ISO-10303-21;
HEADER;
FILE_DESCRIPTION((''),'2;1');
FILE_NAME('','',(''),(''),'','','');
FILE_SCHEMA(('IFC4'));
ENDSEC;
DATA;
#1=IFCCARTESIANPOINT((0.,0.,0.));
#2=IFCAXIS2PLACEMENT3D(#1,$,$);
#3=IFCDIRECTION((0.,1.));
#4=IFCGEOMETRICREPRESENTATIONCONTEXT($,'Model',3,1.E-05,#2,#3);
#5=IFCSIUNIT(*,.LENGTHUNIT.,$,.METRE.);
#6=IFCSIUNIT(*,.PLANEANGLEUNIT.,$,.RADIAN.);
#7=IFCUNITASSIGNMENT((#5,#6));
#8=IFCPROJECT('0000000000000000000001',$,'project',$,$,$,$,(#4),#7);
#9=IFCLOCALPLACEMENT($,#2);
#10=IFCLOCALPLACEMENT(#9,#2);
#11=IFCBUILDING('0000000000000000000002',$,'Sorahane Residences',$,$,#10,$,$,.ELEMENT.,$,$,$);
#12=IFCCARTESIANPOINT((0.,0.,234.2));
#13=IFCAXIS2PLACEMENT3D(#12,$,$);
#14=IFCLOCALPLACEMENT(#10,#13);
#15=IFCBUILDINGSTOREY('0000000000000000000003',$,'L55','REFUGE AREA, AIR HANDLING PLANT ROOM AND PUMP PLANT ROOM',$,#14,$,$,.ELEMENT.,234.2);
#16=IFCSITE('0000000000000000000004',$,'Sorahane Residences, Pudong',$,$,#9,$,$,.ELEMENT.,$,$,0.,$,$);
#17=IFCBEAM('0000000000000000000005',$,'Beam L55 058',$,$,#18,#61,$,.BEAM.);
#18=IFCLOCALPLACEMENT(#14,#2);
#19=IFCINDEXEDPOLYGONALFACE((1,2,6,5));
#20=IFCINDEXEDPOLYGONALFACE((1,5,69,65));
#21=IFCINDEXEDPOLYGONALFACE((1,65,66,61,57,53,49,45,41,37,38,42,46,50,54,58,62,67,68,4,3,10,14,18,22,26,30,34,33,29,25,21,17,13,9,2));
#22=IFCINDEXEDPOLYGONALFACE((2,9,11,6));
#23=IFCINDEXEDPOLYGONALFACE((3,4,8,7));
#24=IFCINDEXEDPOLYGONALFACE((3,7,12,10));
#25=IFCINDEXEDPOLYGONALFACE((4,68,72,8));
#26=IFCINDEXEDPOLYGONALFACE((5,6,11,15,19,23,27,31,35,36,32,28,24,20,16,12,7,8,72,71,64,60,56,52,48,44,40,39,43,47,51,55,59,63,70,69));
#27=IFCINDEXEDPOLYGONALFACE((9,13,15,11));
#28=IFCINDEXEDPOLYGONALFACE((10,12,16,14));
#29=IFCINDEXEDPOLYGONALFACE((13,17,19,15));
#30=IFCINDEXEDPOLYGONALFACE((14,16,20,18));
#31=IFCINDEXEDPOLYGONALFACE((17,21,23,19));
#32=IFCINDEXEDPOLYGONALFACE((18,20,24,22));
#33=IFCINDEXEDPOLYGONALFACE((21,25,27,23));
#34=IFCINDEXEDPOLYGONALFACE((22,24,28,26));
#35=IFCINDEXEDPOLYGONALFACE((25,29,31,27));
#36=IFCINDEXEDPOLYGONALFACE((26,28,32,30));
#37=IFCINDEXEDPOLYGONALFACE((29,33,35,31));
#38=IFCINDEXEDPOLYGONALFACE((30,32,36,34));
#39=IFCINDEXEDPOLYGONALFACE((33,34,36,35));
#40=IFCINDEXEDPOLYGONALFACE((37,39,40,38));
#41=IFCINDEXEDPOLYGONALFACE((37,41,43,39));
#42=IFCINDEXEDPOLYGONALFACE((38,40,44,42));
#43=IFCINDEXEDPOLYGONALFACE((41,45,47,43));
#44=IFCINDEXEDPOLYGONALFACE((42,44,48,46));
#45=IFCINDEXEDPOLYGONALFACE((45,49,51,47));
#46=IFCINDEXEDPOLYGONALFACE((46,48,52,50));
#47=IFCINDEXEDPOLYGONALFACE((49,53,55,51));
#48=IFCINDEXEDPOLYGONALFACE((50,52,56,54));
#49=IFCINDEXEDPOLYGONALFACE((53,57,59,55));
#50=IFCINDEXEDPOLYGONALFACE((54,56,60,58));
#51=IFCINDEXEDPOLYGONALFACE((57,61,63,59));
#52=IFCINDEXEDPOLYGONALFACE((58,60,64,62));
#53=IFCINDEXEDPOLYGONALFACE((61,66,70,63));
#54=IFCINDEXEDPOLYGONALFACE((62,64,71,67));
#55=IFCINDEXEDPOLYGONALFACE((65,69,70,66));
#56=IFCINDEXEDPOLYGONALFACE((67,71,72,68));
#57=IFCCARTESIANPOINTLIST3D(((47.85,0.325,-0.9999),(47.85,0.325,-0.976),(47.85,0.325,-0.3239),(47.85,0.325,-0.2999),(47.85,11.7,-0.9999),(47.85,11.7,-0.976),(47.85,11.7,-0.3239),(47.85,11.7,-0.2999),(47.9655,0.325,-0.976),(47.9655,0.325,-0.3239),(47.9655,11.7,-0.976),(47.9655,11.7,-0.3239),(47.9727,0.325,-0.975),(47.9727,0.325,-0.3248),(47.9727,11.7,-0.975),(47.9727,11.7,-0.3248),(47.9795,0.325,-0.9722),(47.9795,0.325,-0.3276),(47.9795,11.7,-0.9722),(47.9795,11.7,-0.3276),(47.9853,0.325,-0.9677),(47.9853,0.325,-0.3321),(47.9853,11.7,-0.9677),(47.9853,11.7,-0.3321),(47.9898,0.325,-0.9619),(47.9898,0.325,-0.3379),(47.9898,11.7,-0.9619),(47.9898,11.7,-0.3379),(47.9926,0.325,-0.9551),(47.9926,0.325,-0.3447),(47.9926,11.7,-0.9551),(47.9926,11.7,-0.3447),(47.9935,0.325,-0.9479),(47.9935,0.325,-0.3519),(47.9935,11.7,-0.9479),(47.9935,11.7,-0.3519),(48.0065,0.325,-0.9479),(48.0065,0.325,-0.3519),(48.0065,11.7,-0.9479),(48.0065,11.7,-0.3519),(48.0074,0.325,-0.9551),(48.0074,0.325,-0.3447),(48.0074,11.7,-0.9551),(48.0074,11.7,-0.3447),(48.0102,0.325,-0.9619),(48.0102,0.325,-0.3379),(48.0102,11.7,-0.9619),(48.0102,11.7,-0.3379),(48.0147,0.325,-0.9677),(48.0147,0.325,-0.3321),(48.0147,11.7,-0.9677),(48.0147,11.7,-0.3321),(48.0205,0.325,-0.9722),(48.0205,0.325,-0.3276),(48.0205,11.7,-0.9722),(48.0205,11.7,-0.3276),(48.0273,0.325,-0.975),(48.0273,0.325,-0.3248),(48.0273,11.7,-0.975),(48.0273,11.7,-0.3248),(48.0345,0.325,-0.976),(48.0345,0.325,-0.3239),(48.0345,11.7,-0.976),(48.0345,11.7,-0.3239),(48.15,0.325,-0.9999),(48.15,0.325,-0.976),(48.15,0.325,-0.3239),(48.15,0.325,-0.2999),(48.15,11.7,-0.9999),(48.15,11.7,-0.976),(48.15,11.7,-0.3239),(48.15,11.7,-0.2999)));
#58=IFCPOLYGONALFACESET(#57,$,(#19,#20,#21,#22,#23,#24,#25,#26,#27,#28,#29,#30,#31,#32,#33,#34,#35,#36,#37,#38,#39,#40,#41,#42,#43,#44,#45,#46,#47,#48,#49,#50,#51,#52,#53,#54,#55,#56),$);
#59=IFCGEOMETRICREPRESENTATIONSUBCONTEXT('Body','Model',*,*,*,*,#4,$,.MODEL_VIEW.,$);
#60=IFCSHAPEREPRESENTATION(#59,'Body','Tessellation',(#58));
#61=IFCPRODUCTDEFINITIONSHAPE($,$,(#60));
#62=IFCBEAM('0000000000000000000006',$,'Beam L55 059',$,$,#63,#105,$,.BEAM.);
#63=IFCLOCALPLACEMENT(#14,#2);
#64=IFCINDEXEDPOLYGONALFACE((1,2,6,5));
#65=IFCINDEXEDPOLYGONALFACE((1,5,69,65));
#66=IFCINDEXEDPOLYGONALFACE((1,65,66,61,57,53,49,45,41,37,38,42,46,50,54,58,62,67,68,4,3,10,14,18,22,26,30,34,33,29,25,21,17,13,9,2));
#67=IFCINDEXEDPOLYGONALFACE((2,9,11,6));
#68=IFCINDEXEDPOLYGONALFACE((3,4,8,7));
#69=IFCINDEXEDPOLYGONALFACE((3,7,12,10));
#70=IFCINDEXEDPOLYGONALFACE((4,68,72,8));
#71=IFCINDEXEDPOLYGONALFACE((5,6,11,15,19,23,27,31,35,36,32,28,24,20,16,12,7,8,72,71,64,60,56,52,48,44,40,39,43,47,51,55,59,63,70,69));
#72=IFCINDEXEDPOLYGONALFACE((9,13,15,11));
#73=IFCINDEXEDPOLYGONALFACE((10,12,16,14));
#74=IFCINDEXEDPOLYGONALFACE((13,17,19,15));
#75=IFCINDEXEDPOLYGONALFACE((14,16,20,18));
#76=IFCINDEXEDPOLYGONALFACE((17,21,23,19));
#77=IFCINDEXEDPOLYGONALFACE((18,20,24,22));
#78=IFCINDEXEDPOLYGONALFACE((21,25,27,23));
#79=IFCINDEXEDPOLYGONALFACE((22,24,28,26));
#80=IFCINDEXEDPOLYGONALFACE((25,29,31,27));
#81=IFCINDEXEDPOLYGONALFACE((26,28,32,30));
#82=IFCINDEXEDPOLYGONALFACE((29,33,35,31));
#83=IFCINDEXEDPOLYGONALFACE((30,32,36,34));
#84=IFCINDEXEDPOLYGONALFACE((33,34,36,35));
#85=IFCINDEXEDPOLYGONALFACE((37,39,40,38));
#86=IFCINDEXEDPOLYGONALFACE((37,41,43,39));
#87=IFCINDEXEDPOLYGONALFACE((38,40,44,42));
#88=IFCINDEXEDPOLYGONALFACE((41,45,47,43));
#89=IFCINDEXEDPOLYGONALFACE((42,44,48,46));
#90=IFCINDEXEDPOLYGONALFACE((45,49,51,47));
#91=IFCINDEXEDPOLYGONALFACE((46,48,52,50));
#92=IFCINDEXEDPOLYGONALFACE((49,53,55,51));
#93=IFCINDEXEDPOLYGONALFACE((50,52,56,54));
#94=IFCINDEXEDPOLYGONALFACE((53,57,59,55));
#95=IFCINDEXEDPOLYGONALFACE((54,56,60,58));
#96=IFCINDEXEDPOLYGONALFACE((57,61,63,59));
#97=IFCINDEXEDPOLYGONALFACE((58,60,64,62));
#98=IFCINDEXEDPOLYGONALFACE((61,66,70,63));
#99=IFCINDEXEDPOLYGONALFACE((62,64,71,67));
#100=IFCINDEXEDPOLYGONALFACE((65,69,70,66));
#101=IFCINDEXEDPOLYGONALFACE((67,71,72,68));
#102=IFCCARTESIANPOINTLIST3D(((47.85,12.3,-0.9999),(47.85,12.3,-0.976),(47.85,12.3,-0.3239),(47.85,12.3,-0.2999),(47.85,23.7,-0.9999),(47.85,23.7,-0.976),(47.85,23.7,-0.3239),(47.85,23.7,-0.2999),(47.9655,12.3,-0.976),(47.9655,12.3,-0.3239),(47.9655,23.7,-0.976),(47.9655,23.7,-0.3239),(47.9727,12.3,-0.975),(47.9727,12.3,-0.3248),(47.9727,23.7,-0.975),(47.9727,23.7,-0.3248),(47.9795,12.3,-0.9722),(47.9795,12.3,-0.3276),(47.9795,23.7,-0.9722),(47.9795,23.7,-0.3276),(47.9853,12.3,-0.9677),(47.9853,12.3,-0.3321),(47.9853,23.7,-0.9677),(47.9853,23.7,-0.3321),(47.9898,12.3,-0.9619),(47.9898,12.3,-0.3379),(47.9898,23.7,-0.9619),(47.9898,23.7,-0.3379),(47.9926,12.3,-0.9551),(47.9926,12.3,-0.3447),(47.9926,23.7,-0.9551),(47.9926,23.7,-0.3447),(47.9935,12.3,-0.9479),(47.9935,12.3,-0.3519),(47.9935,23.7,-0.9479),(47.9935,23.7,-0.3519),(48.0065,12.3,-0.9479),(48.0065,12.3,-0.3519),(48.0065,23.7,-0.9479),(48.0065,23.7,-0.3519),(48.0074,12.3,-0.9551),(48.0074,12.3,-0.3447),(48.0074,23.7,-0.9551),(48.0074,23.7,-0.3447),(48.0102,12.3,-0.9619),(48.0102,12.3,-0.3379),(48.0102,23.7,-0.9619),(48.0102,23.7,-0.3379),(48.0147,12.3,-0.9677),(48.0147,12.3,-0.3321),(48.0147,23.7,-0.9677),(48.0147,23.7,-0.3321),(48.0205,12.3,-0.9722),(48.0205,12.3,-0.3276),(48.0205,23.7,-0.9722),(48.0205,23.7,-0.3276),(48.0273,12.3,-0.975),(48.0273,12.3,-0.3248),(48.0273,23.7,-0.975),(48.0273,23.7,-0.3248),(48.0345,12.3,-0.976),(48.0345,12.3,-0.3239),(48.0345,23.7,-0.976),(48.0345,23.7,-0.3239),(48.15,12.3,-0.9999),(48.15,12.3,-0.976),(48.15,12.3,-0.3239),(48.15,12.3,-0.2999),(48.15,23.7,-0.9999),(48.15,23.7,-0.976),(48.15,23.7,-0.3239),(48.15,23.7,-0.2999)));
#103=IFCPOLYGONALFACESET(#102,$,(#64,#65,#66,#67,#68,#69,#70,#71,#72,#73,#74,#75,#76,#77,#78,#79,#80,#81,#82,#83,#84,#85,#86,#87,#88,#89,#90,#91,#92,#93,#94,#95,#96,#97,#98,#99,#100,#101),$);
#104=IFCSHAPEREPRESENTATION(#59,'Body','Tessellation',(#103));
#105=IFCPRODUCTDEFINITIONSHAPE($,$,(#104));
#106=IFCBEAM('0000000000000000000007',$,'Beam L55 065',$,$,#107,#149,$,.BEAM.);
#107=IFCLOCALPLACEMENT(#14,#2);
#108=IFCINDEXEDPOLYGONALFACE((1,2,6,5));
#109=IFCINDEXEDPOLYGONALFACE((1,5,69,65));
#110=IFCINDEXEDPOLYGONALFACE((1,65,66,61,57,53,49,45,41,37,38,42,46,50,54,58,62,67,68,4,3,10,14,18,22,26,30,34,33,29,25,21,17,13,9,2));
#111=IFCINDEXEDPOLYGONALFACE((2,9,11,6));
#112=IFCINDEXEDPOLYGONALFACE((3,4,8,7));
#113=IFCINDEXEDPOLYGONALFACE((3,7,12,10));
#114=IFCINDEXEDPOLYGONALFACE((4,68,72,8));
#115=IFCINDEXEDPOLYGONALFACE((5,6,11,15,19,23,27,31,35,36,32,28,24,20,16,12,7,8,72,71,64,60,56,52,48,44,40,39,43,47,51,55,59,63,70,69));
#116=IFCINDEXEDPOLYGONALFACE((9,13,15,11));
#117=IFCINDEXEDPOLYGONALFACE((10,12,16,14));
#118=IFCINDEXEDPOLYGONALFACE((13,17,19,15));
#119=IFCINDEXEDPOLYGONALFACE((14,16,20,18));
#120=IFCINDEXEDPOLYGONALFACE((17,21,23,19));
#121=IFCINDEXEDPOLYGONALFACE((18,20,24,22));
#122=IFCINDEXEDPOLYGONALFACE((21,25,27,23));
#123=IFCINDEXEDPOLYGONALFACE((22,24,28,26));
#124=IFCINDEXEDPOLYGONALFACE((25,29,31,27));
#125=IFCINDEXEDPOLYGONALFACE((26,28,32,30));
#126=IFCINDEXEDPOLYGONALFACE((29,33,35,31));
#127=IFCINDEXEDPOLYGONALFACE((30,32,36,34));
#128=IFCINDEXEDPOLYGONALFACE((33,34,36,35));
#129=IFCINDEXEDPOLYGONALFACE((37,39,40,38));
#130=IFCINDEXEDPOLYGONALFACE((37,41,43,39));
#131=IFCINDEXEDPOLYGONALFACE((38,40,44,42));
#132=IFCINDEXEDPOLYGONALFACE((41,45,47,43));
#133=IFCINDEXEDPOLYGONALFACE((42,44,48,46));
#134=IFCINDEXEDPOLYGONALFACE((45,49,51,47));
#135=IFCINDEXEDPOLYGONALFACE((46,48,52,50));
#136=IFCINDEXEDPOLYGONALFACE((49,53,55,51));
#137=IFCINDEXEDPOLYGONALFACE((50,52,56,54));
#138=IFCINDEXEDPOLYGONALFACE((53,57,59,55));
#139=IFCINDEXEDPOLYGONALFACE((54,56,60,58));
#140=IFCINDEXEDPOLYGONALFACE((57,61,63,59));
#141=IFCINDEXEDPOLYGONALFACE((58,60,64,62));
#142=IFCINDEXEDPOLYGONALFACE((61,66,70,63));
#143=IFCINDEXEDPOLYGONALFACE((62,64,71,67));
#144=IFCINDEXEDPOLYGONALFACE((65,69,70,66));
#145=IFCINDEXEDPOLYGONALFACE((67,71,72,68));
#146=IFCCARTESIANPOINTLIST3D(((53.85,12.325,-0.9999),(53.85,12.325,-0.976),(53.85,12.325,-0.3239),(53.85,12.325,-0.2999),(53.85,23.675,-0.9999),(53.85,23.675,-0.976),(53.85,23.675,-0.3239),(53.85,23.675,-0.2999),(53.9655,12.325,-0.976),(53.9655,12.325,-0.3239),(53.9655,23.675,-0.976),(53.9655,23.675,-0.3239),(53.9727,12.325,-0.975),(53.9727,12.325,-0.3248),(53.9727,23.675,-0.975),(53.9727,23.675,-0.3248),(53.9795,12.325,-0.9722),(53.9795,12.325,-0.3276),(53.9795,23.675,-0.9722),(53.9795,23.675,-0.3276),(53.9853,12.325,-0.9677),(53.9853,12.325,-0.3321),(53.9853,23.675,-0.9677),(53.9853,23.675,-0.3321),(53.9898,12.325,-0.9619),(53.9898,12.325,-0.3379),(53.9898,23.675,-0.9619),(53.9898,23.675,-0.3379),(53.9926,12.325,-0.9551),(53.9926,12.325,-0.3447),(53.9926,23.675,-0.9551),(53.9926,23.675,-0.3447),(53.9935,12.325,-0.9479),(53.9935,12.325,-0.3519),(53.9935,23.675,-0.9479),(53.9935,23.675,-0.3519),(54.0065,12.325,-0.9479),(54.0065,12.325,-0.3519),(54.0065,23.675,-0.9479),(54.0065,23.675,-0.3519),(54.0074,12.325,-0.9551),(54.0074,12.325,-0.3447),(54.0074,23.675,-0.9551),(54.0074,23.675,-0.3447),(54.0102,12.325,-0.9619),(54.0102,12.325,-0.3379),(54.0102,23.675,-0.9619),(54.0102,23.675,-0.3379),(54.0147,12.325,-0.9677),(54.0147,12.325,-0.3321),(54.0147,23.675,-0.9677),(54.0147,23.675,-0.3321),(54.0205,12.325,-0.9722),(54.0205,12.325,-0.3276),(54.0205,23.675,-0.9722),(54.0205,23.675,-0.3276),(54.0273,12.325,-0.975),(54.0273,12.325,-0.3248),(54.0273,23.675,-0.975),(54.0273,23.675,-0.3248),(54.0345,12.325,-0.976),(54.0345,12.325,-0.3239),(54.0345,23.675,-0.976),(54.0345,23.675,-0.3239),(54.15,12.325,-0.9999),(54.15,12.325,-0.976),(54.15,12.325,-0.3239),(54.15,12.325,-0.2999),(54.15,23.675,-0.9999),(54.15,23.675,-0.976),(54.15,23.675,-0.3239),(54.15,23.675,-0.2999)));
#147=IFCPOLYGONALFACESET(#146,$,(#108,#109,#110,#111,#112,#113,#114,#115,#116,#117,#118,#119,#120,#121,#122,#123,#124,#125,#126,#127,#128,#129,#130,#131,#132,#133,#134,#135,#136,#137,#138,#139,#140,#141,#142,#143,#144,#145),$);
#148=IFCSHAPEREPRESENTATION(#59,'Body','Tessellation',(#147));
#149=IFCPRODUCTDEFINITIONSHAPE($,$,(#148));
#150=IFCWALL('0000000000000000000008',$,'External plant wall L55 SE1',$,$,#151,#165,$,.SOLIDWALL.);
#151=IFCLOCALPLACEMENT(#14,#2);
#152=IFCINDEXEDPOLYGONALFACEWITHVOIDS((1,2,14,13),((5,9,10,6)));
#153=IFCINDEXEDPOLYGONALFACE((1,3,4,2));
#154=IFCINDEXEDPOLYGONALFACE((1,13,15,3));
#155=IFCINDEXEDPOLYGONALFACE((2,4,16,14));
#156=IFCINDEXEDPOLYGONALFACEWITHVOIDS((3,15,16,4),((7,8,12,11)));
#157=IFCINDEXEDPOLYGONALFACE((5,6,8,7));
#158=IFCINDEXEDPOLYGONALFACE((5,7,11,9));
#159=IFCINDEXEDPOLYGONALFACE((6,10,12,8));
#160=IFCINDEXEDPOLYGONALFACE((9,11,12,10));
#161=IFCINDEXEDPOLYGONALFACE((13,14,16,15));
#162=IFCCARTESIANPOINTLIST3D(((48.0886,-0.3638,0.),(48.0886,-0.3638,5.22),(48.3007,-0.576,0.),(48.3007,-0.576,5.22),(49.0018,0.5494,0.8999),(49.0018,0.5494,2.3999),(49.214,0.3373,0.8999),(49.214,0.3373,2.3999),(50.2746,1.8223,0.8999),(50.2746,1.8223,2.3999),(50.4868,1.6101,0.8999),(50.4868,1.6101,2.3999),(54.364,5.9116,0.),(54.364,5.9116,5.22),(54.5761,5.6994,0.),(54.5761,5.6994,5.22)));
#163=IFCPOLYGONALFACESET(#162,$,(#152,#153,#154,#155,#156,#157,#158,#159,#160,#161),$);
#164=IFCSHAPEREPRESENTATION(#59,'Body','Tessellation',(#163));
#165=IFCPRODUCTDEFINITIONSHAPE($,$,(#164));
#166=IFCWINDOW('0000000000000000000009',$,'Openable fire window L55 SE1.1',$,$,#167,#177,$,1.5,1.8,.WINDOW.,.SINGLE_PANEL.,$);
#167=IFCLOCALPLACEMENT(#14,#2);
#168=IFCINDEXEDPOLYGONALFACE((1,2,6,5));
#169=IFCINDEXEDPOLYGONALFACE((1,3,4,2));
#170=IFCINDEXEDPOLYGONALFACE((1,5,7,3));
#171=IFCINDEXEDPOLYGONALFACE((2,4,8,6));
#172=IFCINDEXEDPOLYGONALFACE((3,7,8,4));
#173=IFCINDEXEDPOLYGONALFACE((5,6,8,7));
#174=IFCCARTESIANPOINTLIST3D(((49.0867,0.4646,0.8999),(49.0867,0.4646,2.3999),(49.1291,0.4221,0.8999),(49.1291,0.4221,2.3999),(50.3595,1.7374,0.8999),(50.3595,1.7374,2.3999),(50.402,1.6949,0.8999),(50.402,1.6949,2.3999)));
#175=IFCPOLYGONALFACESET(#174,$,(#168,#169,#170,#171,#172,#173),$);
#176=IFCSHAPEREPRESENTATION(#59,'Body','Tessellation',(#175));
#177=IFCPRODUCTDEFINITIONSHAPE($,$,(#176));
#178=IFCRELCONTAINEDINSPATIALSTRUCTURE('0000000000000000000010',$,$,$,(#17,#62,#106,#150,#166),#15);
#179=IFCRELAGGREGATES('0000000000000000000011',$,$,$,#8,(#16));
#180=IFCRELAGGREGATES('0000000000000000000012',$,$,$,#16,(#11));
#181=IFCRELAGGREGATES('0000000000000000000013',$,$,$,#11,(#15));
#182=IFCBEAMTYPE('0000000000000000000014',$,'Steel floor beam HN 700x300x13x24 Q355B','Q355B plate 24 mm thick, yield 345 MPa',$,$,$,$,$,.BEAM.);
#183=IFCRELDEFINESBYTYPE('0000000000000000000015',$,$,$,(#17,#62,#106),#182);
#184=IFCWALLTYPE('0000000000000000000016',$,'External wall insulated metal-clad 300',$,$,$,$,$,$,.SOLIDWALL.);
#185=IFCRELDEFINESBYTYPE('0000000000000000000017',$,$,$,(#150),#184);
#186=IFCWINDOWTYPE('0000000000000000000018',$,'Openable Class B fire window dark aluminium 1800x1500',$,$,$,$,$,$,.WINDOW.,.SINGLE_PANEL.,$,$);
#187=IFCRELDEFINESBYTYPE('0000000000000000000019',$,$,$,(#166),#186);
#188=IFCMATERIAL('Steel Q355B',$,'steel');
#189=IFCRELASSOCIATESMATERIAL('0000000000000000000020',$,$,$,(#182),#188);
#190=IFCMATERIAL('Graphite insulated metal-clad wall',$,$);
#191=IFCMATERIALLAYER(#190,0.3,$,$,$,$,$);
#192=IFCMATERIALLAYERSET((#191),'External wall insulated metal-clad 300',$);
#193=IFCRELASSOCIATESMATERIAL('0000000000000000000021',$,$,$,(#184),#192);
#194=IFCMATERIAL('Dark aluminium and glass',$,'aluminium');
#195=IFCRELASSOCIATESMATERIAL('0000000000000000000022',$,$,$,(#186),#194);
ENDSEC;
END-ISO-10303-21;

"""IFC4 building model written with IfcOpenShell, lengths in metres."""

from ifc_helpers import new_model, si_unit, direction, frame, frame_2d, origin, origin_2d, place, context, subcontext, project, spatial, rectangle, i_section, extrude, material, layer, layer_set, material_profile, profile_set, type_object, element, fill, save


model = new_model("IFC4")

# Units and contexts
model_context = context("Model", 3, precision=1e-05, world=origin(), true_north=direction((0.0, 1.0)))
body_context = subcontext(model_context, "Body", "Model", "MODEL_VIEW")
ifc_project = project(units=[si_unit("LENGTHUNIT", "METRE"), si_unit("PLANEANGLEUNIT", "RADIAN")], contexts=[model_context])

# Site, building, storey
site_placement = place(None, origin())
site = spatial("IfcSite", under=ifc_project, at=site_placement, Name="Sorahane Residences, Pudong", CompositionType="ELEMENT", RefElevation=0.0)
building_placement = place(site_placement, origin())
building = spatial("IfcBuilding", under=site, at=building_placement, Name="Sorahane Residences", CompositionType="ELEMENT")
storey_placement = place(building_placement, frame((0.0, 0.0, 234.2)))
storey = spatial("IfcBuildingStorey", under=building, at=storey_placement, Name="L55", Description="REFUGE AREA, AIR HANDLING PLANT ROOM AND PUMP PLANT ROOM", CompositionType="ELEMENT", Elevation=234.2)

# Beams
ifc_material_1 = material(Name="Steel Q355B", Category="steel")
ifc_material_profile_1 = material_profile(ifc_material_1, i_section(OverallWidth=0.3, OverallDepth=0.7, WebThickness=0.0129, FlangeThickness=0.0239, FilletRadius=0.0281, at=origin_2d()), Name="HN 700x300x13x24")
ifc_profile_set_1 = profile_set([ifc_material_profile_1], Name="Steel Q355B")
beam_type_1 = type_object("IfcBeamType", Name="Steel floor beam HN 700x300x13x24 Q355B", Description="Q355B plate 24 mm thick, yield 345 MPa", PredefinedType="BEAM", material=ifc_profile_set_1)
beam_1_placement = place(storey_placement, frame((48.0, 0.325, -0.6499), z_axis=(0.0, 1.0, 0.0), x_axis=(-1.0, 0.0, 0.0)))
element("IfcBeam", 1, at=beam_1_placement, inside=storey, type_object=beam_type_1, Name="Beam L55 058", PredefinedType="BEAM", context=body_context, shape_type="SweptSolid", body=[
    extrude(i_section(OverallWidth=0.3, OverallDepth=0.7, WebThickness=0.0129, FlangeThickness=0.0239, FilletRadius=0.0281, at=origin_2d()), origin(), (0.0, 0.0, 1.0), 11.375),
])
beam_2_placement = place(storey_placement, frame((48.0, 12.3, -0.6499), z_axis=(0.0, 1.0, 0.0), x_axis=(-1.0, 0.0, 0.0)))
element("IfcBeam", 2, at=beam_2_placement, inside=storey, type_object=beam_type_1, Name="Beam L55 059", PredefinedType="BEAM", context=body_context, shape_type="SweptSolid", body=[
    extrude(i_section(OverallWidth=0.3, OverallDepth=0.7, WebThickness=0.0129, FlangeThickness=0.0239, FilletRadius=0.0281, at=origin_2d()), origin(), (0.0, 0.0, 1.0), 11.3999),
])
beam_3_placement = place(storey_placement, frame((54.0, 12.325, -0.6499), z_axis=(0.0, 1.0, 0.0), x_axis=(-1.0, 0.0, 0.0)))
element("IfcBeam", 3, at=beam_3_placement, inside=storey, type_object=beam_type_1, Name="Beam L55 065", PredefinedType="BEAM", context=body_context, shape_type="SweptSolid", body=[
    extrude(i_section(OverallWidth=0.3, OverallDepth=0.7, WebThickness=0.0129, FlangeThickness=0.0239, FilletRadius=0.0281, at=origin_2d()), origin(), (0.0, 0.0, 1.0), 11.3501),
])

# Wall, opening, window
ifc_material_2 = material(Name="Graphite insulated metal-clad wall")
ifc_layer_1 = layer(ifc_material_2, 0.3)
ifc_layer_set_1 = layer_set([ifc_layer_1], Name="External wall insulated metal-clad 300")
wall_type_1 = type_object("IfcWallType", Name="External wall insulated metal-clad 300", PredefinedType="SOLIDWALL", material=ifc_layer_set_1)
wall_1_placement = place(storey_placement, frame((48.1946, -0.47, 0.0), z_axis=(0.0, 0.0, 1.0), x_axis=(0.707107, 0.707107, 0.0)))
wall_1 = element("IfcWall", 4, at=wall_1_placement, inside=storey, type_object=wall_type_1, Name="External plant wall L55 SE1", PredefinedType="SOLIDWALL", context=body_context, shape_type="SweptSolid", body=[
    extrude(rectangle(XDim=8.8748, YDim=0.3, at=frame_2d((4.4375, 0.0))), origin(), (0.0, 0.0, 1.0), 5.22),
])
opening_1_placement = place(wall_1_placement, frame((1.2917, 0.0, 0.8999)))
opening_1 = element("IfcOpeningElement", 5, at=opening_1_placement, cuts=wall_1, PredefinedType="OPENING", context=body_context, shape_type="SweptSolid", body=[
    extrude(rectangle(XDim=1.8, YDim=1.5, at=frame_2d((0.8999, 0.75))), frame((0.0, 0.1599, 0.0), z_axis=(0.0, -1.0, 0.0), x_axis=(1.0, 0.0, 0.0)), (0.0, 0.0, 1.0), 0.3201),
])
ifc_material_3 = material(Name="Dark aluminium and glass", Category="aluminium")
window_type = type_object("IfcWindowType", Name="Openable Class B fire window dark aluminium 1800x1500", PartitioningType="SINGLE_PANEL", PredefinedType="WINDOW", material=ifc_material_3)
window_1_placement = place(opening_1_placement, origin())
window_1 = element("IfcWindow", 6, at=window_1_placement, inside=storey, type_object=window_type, Name="Openable fire window L55 SE1.1", OverallHeight=1.5, OverallWidth=1.8, PartitioningType="SINGLE_PANEL", PredefinedType="WINDOW", context=body_context, shape_type="SweptSolid", body=[
    extrude(rectangle(XDim=1.8, YDim=1.5, at=frame_2d((0.8999, 0.75))), frame((0.0, 0.03, 0.0), z_axis=(0.0, -1.0, 0.0), x_axis=(1.0, 0.0, 0.0)), (0.0, 0.0, 1.0), 0.0601),
])
fill(opening_1, window_1)

save(model, "model.ifc")
